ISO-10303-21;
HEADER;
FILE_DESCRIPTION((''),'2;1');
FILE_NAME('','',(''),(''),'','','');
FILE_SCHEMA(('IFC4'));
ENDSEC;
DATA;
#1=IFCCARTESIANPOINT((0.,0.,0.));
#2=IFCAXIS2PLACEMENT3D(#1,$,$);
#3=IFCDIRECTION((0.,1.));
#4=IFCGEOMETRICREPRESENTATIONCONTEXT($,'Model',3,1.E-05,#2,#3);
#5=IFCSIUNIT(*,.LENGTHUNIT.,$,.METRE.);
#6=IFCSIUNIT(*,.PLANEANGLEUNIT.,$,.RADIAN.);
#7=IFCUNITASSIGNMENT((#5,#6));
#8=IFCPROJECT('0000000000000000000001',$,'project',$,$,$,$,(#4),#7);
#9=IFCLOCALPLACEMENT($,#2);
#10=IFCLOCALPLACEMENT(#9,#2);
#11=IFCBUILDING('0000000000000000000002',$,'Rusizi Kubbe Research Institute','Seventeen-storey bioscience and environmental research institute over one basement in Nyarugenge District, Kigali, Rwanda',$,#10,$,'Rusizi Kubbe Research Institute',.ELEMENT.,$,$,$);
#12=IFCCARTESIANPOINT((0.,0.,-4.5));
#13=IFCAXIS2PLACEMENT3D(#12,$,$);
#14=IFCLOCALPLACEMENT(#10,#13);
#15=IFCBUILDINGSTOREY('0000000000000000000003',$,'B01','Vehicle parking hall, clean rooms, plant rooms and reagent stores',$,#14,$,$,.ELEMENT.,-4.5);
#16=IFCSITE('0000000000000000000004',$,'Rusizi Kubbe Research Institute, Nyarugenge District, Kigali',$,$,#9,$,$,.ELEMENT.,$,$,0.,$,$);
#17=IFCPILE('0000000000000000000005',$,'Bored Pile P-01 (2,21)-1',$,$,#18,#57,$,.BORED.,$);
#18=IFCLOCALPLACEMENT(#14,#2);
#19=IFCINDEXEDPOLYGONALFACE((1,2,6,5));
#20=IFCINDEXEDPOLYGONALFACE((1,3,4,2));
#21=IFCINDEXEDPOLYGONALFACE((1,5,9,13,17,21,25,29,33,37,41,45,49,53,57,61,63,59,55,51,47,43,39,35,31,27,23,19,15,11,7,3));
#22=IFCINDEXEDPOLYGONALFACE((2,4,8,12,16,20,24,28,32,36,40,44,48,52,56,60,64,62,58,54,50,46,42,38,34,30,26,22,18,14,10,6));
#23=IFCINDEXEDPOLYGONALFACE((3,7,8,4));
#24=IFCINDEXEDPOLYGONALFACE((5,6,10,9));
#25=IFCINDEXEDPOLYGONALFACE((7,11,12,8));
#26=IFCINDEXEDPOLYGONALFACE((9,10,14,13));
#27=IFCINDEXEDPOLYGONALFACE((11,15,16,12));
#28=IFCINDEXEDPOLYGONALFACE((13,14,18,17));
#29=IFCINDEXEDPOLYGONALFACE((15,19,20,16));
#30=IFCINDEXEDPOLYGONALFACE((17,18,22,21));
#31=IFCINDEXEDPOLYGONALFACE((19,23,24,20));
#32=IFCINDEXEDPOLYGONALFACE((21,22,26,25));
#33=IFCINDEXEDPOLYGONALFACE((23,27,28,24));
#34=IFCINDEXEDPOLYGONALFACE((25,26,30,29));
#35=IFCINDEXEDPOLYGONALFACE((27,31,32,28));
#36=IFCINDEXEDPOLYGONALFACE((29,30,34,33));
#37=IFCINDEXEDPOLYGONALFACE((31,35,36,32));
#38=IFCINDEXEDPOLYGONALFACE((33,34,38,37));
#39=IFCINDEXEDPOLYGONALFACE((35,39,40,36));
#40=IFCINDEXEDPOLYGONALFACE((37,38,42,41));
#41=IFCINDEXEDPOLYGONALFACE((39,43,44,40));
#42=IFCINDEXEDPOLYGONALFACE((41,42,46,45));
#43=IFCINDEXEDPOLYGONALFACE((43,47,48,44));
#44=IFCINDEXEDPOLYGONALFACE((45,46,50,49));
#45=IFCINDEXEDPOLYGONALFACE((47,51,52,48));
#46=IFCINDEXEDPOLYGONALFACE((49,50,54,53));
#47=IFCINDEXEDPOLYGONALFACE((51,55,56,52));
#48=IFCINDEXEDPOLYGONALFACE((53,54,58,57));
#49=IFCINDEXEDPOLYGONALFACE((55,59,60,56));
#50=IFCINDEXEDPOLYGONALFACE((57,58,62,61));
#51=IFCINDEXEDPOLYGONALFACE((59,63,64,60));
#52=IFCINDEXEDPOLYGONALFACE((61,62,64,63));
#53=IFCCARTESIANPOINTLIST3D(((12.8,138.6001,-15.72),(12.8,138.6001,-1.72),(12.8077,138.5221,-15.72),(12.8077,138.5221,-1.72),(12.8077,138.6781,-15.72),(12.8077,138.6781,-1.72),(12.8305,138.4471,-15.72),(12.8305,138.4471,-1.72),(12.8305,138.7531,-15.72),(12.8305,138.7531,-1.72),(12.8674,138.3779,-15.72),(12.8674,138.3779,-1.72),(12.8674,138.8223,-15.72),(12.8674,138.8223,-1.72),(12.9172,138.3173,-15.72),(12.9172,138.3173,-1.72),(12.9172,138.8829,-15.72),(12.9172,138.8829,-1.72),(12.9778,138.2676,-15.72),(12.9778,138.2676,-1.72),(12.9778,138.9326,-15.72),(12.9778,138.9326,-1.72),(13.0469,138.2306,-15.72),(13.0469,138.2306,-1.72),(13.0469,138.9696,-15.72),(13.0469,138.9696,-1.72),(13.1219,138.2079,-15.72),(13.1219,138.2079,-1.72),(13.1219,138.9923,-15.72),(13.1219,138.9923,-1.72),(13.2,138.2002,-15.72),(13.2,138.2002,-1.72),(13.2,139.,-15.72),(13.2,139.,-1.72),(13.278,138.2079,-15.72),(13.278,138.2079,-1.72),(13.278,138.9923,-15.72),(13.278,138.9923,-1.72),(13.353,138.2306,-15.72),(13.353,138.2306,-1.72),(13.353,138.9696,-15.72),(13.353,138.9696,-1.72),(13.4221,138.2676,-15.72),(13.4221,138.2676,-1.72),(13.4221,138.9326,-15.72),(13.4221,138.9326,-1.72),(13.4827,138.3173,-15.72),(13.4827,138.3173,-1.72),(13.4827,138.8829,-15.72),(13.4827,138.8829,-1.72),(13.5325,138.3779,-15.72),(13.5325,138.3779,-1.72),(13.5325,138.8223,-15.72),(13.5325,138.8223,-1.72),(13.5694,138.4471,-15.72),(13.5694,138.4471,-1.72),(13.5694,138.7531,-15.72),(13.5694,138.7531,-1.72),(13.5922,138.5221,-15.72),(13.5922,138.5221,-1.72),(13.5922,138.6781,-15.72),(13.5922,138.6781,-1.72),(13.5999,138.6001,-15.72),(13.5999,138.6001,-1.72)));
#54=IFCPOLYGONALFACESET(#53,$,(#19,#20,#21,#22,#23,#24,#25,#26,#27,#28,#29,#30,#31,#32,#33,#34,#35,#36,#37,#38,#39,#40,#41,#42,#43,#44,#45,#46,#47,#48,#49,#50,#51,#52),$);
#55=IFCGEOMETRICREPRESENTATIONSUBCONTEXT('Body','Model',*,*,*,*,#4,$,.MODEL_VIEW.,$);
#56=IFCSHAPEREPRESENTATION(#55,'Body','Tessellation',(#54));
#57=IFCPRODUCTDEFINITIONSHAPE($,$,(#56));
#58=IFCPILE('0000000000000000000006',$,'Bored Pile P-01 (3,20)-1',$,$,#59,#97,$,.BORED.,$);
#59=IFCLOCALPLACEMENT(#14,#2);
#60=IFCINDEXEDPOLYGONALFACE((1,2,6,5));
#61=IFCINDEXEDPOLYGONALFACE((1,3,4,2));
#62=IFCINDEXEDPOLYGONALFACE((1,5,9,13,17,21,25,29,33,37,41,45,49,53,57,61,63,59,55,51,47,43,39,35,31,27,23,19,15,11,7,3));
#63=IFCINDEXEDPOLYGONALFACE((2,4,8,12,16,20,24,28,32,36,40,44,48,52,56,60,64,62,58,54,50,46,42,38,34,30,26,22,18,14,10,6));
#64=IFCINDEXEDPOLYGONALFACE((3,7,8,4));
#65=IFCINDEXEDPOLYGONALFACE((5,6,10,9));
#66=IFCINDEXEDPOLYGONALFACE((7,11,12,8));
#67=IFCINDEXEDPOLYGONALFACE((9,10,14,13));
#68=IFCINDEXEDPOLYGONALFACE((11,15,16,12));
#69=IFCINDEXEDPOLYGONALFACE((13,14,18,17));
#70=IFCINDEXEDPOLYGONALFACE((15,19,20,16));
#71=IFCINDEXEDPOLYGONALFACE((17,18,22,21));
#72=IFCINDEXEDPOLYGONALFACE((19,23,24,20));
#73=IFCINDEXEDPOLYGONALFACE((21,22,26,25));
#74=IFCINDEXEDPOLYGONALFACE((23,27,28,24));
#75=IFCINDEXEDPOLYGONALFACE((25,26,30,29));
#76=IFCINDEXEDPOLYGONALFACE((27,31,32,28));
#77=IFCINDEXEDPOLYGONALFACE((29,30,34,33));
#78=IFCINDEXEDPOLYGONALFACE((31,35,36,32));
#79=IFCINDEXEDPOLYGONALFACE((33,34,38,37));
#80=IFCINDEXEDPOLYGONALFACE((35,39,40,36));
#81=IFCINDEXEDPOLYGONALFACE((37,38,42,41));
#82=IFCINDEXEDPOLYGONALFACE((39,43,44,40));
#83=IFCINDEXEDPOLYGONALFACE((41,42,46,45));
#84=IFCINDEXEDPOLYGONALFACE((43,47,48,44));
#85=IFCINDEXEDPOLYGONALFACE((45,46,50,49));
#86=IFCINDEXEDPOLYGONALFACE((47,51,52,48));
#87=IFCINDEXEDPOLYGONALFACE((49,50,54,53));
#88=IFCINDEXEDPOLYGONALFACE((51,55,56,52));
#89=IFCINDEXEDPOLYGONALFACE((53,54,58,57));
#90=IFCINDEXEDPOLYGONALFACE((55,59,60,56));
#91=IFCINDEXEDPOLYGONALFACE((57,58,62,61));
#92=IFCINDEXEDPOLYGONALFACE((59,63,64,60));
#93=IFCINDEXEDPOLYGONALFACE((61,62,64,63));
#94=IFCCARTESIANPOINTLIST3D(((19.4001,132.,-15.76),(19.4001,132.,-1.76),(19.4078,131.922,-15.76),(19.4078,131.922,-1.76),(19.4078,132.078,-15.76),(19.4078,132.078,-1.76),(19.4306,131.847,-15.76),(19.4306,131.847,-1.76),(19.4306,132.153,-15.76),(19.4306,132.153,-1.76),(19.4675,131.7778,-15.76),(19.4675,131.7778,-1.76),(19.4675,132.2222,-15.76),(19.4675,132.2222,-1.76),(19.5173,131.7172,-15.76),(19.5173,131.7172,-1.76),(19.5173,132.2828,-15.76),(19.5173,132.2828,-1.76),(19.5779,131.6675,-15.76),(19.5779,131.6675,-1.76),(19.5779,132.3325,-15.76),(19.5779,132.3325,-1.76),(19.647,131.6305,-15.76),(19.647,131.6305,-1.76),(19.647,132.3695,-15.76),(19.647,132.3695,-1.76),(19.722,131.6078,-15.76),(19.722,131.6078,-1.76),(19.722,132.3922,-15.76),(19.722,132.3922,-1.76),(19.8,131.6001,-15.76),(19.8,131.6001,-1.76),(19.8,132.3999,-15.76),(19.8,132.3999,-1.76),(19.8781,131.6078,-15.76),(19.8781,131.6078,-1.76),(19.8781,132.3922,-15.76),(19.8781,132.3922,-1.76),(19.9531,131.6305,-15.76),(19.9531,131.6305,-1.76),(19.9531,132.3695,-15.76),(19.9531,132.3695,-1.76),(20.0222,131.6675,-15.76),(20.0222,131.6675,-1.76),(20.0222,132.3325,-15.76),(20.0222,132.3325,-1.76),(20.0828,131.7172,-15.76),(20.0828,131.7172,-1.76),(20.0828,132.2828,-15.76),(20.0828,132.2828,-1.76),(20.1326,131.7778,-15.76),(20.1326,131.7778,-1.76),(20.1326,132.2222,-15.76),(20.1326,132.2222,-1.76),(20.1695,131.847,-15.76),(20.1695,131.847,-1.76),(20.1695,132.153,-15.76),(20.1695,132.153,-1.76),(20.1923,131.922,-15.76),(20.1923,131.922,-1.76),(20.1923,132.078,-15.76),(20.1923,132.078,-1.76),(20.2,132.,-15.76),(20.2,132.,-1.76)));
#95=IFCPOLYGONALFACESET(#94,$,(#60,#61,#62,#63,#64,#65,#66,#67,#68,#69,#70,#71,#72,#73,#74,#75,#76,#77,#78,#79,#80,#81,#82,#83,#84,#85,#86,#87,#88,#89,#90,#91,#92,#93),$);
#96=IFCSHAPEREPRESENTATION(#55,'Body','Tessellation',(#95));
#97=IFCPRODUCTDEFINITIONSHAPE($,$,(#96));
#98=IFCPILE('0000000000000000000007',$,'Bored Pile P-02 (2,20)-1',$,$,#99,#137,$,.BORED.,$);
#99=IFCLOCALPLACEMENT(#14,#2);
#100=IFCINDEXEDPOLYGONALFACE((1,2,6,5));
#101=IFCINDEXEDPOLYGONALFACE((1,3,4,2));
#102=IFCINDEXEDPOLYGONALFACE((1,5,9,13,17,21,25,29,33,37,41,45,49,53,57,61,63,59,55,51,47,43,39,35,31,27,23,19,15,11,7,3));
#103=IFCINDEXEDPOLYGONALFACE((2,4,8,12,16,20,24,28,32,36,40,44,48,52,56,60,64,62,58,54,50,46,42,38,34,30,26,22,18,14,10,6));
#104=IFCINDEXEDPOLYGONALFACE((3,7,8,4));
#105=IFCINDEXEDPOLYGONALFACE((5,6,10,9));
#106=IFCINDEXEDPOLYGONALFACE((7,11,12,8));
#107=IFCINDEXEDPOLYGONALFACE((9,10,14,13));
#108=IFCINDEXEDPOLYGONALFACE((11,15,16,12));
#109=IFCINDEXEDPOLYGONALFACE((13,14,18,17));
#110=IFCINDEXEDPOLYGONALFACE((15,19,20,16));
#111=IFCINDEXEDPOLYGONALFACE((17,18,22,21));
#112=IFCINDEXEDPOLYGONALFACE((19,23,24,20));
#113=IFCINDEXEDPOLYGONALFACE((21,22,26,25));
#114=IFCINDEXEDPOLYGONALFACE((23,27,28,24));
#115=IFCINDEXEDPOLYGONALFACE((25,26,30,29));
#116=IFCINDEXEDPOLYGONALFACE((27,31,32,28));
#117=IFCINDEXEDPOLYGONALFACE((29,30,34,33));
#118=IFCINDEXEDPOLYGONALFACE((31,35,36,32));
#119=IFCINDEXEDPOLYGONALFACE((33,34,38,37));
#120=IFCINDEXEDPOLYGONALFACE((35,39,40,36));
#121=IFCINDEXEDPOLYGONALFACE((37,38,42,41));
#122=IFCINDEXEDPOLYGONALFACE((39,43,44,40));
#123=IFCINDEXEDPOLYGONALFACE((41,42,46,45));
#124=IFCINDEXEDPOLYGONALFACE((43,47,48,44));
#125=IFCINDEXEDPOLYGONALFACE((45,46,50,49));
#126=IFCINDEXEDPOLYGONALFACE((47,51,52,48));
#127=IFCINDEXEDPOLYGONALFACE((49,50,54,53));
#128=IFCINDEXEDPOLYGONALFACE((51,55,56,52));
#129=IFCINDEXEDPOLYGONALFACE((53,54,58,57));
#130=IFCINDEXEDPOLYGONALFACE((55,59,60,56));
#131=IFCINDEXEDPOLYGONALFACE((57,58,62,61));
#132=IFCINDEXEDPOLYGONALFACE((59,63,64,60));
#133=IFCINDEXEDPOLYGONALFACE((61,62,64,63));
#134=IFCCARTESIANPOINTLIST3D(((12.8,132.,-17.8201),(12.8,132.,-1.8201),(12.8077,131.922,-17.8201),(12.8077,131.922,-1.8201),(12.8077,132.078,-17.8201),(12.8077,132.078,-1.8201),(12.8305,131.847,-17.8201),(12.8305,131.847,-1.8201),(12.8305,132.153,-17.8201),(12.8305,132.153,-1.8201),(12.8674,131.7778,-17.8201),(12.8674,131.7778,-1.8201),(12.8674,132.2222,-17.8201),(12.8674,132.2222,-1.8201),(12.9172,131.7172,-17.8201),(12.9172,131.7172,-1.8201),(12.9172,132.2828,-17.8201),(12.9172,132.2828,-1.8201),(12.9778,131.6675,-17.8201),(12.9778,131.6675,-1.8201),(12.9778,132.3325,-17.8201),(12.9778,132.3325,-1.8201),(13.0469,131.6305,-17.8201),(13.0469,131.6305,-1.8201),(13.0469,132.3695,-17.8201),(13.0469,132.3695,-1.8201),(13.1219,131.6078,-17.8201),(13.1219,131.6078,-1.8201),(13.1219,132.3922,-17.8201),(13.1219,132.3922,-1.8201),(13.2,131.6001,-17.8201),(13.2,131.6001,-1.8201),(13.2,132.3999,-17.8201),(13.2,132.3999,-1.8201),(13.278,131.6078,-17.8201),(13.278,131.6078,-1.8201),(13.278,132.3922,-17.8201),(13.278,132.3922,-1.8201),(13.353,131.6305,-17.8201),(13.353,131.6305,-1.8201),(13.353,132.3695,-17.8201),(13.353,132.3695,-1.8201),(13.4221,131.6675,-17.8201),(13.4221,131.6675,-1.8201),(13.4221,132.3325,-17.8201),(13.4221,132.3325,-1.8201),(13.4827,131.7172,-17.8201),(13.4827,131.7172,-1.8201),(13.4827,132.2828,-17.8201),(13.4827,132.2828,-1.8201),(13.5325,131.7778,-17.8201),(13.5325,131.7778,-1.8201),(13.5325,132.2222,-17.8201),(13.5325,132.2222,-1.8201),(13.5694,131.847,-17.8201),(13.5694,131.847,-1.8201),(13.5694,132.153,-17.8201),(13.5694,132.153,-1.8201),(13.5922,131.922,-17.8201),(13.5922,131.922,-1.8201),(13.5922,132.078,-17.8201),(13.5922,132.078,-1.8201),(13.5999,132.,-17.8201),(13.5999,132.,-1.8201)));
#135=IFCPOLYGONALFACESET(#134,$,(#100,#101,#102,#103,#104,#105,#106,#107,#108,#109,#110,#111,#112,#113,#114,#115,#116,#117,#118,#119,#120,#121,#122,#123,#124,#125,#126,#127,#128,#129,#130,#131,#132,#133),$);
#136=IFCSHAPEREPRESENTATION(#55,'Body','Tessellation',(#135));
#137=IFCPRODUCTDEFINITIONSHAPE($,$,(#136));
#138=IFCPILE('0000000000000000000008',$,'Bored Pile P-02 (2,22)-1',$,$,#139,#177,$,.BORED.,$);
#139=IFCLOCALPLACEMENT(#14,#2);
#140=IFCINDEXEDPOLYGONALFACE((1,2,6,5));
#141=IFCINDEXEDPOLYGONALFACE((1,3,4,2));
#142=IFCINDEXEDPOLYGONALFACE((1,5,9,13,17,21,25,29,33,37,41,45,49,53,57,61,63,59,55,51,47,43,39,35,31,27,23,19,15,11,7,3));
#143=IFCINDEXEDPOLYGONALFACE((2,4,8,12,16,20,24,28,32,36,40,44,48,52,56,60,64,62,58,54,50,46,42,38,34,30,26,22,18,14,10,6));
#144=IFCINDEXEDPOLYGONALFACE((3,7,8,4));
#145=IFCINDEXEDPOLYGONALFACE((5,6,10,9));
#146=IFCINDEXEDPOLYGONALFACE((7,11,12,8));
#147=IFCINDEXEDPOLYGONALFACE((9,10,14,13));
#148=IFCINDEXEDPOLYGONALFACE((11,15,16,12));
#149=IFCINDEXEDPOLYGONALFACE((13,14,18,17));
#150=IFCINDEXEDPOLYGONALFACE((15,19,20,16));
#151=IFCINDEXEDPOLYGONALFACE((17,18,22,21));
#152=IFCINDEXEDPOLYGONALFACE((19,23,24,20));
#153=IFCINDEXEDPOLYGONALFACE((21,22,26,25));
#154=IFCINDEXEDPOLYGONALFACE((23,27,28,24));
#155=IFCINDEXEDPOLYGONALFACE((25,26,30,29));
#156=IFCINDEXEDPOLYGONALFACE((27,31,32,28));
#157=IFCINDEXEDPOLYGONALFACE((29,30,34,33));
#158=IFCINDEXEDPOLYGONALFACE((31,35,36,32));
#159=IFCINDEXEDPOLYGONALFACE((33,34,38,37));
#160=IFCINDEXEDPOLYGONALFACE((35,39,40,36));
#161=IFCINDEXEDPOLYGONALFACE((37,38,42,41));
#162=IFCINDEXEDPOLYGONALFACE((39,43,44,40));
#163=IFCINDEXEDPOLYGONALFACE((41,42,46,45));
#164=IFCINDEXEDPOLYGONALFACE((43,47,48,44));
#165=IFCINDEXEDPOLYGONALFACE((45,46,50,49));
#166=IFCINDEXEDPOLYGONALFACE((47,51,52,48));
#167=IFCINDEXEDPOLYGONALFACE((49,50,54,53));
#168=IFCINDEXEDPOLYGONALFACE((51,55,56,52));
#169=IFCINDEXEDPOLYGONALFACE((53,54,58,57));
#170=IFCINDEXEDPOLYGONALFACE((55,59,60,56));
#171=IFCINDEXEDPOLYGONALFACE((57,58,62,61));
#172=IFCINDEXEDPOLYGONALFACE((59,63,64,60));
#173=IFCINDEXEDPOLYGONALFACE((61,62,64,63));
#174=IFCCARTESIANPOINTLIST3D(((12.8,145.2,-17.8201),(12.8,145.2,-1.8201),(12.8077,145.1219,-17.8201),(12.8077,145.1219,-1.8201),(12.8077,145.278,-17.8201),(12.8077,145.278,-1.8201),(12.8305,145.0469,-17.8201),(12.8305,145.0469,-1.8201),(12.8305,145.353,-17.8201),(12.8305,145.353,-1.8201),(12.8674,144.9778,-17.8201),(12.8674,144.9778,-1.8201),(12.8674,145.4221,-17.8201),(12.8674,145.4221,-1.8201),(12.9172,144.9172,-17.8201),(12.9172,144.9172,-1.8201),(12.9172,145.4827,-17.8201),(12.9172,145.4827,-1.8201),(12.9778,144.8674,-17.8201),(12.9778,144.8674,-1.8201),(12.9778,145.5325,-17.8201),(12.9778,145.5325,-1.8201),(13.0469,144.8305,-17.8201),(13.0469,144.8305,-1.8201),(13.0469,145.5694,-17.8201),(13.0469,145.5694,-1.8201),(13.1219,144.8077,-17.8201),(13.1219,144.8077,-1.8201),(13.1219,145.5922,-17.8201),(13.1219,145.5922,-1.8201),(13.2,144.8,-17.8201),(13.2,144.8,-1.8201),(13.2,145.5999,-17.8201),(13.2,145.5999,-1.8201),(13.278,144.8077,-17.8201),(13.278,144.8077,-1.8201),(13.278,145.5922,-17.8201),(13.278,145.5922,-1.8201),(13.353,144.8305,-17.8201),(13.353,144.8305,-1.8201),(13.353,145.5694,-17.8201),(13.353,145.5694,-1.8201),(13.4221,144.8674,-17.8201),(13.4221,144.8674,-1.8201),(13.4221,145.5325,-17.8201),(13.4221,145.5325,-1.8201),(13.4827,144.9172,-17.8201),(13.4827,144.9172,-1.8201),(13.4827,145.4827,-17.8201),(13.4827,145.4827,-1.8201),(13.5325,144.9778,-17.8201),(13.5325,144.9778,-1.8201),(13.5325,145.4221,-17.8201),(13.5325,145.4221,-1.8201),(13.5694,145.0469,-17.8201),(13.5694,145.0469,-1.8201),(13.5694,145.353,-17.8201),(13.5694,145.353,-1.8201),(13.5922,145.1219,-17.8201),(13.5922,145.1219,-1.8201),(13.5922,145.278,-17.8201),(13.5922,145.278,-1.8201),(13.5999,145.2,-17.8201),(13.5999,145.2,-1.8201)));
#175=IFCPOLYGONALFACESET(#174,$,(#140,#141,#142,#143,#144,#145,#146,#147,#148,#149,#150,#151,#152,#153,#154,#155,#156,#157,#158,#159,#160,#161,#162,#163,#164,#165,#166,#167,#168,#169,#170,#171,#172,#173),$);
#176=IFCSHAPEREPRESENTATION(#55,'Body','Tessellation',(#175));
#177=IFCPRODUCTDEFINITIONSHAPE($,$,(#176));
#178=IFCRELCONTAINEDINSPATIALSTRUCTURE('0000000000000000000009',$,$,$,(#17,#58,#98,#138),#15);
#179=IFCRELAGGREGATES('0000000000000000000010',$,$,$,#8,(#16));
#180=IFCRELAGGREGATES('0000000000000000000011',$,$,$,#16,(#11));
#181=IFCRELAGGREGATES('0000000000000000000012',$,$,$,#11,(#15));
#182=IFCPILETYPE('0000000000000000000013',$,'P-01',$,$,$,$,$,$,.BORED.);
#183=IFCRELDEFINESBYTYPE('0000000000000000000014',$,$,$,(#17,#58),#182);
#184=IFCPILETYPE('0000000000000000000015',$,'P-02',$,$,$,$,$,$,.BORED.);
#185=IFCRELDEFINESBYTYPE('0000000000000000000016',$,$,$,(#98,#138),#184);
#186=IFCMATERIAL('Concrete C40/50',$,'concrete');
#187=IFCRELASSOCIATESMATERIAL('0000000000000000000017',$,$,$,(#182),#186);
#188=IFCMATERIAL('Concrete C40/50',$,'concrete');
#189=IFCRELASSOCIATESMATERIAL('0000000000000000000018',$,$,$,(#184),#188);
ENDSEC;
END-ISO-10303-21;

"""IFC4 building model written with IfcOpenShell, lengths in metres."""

from ifc_helpers import new_model, si_unit, direction, frame, origin, origin_2d, place, context, subcontext, project, spatial, circle, extrude, material, material_profile, profile_set, type_object, element, save


model = new_model("IFC4")

# Units and contexts
model_context = context("Model", 3, precision=1e-05, world=origin(), true_north=direction((0.0, 1.0)))
body_context = subcontext(model_context, "Body", "Model", "MODEL_VIEW")
ifc_project = project(units=[si_unit("LENGTHUNIT", "METRE"), si_unit("PLANEANGLEUNIT", "RADIAN")], contexts=[model_context])

# Site, building, storey
site_placement = place(None, origin())
site = spatial("IfcSite", under=ifc_project, at=site_placement, Name="Rusizi Kubbe Research Institute, Nyarugenge District, Kigali", CompositionType="ELEMENT", RefElevation=0.0)
building_placement = place(site_placement, origin())
building = spatial("IfcBuilding", under=site, at=building_placement, Name="Rusizi Kubbe Research Institute", Description="Seventeen-storey bioscience and environmental research institute over one basement in Nyarugenge District, Kigali, Rwanda", LongName="Rusizi Kubbe Research Institute", CompositionType="ELEMENT")
storey_placement = place(building_placement, frame((0.0, 0.0, -4.5)))
storey = spatial("IfcBuildingStorey", under=building, at=storey_placement, Name="B01", Description="Vehicle parking hall, clean rooms, plant rooms and reagent stores", CompositionType="ELEMENT", Elevation=-4.5)

# Piles
ifc_material_1 = material(Name="Concrete C40/50", Category="concrete")
ifc_material_profile_1 = material_profile(ifc_material_1, circle(Radius=0.3999, at=origin_2d()), Name="PILE-D800")
ifc_profile_set_1 = profile_set([ifc_material_profile_1], Name="Concrete C40/50")
pile_type_1 = type_object("IfcPileType", Name="P-01", PredefinedType="BORED", material=ifc_profile_set_1)
for number, where, z_axis, x_axis, name in (
    (1, (13.2, 138.6001, -1.72), (0.0, 0.0, -1.0), (1.0, 0.0, 0.0), "Bored Pile P-01 (2,21)-1"),
    (2, (19.8, 132.0, -1.76), (0.0, 0.0, -1.0), (1.0, 0.0, 0.0), "Bored Pile P-01 (3,20)-1"),
):
    element("IfcPile", number, at=place(storey_placement, frame(where, z_axis=z_axis, x_axis=x_axis)), inside=storey, type_object=pile_type_1, Name=name, PredefinedType="BORED", context=body_context, shape_type="SweptSolid", body=[
        extrude(circle(Radius=0.3999, at=origin_2d()), origin(), (0.0, 0.0, 1.0), 14.0),
    ])
ifc_material_2 = material(Name="Concrete C40/50", Category="concrete")
ifc_material_profile_2 = material_profile(ifc_material_2, circle(Radius=0.3999, at=origin_2d()), Name="PILE-D800")
ifc_profile_set_2 = profile_set([ifc_material_profile_2], Name="Concrete C40/50")
pile_type_2 = type_object("IfcPileType", Name="P-02", PredefinedType="BORED", material=ifc_profile_set_2)
for number, where, z_axis, x_axis, name in (
    (3, (13.2, 132.0, -1.8201), (0.0, 0.0, -1.0), (1.0, 0.0, 0.0), "Bored Pile P-02 (2,20)-1"),
    (4, (13.2, 145.2, -1.8201), (0.0, 0.0, -1.0), (1.0, 0.0, 0.0), "Bored Pile P-02 (2,22)-1"),
):
    element("IfcPile", number, at=place(storey_placement, frame(where, z_axis=z_axis, x_axis=x_axis)), inside=storey, type_object=pile_type_2, Name=name, PredefinedType="BORED", context=body_context, shape_type="SweptSolid", body=[
        extrude(circle(Radius=0.3999, at=origin_2d()), origin(), (0.0, 0.0, 1.0), 16.0),
    ])

save(model, "model.ifc")
